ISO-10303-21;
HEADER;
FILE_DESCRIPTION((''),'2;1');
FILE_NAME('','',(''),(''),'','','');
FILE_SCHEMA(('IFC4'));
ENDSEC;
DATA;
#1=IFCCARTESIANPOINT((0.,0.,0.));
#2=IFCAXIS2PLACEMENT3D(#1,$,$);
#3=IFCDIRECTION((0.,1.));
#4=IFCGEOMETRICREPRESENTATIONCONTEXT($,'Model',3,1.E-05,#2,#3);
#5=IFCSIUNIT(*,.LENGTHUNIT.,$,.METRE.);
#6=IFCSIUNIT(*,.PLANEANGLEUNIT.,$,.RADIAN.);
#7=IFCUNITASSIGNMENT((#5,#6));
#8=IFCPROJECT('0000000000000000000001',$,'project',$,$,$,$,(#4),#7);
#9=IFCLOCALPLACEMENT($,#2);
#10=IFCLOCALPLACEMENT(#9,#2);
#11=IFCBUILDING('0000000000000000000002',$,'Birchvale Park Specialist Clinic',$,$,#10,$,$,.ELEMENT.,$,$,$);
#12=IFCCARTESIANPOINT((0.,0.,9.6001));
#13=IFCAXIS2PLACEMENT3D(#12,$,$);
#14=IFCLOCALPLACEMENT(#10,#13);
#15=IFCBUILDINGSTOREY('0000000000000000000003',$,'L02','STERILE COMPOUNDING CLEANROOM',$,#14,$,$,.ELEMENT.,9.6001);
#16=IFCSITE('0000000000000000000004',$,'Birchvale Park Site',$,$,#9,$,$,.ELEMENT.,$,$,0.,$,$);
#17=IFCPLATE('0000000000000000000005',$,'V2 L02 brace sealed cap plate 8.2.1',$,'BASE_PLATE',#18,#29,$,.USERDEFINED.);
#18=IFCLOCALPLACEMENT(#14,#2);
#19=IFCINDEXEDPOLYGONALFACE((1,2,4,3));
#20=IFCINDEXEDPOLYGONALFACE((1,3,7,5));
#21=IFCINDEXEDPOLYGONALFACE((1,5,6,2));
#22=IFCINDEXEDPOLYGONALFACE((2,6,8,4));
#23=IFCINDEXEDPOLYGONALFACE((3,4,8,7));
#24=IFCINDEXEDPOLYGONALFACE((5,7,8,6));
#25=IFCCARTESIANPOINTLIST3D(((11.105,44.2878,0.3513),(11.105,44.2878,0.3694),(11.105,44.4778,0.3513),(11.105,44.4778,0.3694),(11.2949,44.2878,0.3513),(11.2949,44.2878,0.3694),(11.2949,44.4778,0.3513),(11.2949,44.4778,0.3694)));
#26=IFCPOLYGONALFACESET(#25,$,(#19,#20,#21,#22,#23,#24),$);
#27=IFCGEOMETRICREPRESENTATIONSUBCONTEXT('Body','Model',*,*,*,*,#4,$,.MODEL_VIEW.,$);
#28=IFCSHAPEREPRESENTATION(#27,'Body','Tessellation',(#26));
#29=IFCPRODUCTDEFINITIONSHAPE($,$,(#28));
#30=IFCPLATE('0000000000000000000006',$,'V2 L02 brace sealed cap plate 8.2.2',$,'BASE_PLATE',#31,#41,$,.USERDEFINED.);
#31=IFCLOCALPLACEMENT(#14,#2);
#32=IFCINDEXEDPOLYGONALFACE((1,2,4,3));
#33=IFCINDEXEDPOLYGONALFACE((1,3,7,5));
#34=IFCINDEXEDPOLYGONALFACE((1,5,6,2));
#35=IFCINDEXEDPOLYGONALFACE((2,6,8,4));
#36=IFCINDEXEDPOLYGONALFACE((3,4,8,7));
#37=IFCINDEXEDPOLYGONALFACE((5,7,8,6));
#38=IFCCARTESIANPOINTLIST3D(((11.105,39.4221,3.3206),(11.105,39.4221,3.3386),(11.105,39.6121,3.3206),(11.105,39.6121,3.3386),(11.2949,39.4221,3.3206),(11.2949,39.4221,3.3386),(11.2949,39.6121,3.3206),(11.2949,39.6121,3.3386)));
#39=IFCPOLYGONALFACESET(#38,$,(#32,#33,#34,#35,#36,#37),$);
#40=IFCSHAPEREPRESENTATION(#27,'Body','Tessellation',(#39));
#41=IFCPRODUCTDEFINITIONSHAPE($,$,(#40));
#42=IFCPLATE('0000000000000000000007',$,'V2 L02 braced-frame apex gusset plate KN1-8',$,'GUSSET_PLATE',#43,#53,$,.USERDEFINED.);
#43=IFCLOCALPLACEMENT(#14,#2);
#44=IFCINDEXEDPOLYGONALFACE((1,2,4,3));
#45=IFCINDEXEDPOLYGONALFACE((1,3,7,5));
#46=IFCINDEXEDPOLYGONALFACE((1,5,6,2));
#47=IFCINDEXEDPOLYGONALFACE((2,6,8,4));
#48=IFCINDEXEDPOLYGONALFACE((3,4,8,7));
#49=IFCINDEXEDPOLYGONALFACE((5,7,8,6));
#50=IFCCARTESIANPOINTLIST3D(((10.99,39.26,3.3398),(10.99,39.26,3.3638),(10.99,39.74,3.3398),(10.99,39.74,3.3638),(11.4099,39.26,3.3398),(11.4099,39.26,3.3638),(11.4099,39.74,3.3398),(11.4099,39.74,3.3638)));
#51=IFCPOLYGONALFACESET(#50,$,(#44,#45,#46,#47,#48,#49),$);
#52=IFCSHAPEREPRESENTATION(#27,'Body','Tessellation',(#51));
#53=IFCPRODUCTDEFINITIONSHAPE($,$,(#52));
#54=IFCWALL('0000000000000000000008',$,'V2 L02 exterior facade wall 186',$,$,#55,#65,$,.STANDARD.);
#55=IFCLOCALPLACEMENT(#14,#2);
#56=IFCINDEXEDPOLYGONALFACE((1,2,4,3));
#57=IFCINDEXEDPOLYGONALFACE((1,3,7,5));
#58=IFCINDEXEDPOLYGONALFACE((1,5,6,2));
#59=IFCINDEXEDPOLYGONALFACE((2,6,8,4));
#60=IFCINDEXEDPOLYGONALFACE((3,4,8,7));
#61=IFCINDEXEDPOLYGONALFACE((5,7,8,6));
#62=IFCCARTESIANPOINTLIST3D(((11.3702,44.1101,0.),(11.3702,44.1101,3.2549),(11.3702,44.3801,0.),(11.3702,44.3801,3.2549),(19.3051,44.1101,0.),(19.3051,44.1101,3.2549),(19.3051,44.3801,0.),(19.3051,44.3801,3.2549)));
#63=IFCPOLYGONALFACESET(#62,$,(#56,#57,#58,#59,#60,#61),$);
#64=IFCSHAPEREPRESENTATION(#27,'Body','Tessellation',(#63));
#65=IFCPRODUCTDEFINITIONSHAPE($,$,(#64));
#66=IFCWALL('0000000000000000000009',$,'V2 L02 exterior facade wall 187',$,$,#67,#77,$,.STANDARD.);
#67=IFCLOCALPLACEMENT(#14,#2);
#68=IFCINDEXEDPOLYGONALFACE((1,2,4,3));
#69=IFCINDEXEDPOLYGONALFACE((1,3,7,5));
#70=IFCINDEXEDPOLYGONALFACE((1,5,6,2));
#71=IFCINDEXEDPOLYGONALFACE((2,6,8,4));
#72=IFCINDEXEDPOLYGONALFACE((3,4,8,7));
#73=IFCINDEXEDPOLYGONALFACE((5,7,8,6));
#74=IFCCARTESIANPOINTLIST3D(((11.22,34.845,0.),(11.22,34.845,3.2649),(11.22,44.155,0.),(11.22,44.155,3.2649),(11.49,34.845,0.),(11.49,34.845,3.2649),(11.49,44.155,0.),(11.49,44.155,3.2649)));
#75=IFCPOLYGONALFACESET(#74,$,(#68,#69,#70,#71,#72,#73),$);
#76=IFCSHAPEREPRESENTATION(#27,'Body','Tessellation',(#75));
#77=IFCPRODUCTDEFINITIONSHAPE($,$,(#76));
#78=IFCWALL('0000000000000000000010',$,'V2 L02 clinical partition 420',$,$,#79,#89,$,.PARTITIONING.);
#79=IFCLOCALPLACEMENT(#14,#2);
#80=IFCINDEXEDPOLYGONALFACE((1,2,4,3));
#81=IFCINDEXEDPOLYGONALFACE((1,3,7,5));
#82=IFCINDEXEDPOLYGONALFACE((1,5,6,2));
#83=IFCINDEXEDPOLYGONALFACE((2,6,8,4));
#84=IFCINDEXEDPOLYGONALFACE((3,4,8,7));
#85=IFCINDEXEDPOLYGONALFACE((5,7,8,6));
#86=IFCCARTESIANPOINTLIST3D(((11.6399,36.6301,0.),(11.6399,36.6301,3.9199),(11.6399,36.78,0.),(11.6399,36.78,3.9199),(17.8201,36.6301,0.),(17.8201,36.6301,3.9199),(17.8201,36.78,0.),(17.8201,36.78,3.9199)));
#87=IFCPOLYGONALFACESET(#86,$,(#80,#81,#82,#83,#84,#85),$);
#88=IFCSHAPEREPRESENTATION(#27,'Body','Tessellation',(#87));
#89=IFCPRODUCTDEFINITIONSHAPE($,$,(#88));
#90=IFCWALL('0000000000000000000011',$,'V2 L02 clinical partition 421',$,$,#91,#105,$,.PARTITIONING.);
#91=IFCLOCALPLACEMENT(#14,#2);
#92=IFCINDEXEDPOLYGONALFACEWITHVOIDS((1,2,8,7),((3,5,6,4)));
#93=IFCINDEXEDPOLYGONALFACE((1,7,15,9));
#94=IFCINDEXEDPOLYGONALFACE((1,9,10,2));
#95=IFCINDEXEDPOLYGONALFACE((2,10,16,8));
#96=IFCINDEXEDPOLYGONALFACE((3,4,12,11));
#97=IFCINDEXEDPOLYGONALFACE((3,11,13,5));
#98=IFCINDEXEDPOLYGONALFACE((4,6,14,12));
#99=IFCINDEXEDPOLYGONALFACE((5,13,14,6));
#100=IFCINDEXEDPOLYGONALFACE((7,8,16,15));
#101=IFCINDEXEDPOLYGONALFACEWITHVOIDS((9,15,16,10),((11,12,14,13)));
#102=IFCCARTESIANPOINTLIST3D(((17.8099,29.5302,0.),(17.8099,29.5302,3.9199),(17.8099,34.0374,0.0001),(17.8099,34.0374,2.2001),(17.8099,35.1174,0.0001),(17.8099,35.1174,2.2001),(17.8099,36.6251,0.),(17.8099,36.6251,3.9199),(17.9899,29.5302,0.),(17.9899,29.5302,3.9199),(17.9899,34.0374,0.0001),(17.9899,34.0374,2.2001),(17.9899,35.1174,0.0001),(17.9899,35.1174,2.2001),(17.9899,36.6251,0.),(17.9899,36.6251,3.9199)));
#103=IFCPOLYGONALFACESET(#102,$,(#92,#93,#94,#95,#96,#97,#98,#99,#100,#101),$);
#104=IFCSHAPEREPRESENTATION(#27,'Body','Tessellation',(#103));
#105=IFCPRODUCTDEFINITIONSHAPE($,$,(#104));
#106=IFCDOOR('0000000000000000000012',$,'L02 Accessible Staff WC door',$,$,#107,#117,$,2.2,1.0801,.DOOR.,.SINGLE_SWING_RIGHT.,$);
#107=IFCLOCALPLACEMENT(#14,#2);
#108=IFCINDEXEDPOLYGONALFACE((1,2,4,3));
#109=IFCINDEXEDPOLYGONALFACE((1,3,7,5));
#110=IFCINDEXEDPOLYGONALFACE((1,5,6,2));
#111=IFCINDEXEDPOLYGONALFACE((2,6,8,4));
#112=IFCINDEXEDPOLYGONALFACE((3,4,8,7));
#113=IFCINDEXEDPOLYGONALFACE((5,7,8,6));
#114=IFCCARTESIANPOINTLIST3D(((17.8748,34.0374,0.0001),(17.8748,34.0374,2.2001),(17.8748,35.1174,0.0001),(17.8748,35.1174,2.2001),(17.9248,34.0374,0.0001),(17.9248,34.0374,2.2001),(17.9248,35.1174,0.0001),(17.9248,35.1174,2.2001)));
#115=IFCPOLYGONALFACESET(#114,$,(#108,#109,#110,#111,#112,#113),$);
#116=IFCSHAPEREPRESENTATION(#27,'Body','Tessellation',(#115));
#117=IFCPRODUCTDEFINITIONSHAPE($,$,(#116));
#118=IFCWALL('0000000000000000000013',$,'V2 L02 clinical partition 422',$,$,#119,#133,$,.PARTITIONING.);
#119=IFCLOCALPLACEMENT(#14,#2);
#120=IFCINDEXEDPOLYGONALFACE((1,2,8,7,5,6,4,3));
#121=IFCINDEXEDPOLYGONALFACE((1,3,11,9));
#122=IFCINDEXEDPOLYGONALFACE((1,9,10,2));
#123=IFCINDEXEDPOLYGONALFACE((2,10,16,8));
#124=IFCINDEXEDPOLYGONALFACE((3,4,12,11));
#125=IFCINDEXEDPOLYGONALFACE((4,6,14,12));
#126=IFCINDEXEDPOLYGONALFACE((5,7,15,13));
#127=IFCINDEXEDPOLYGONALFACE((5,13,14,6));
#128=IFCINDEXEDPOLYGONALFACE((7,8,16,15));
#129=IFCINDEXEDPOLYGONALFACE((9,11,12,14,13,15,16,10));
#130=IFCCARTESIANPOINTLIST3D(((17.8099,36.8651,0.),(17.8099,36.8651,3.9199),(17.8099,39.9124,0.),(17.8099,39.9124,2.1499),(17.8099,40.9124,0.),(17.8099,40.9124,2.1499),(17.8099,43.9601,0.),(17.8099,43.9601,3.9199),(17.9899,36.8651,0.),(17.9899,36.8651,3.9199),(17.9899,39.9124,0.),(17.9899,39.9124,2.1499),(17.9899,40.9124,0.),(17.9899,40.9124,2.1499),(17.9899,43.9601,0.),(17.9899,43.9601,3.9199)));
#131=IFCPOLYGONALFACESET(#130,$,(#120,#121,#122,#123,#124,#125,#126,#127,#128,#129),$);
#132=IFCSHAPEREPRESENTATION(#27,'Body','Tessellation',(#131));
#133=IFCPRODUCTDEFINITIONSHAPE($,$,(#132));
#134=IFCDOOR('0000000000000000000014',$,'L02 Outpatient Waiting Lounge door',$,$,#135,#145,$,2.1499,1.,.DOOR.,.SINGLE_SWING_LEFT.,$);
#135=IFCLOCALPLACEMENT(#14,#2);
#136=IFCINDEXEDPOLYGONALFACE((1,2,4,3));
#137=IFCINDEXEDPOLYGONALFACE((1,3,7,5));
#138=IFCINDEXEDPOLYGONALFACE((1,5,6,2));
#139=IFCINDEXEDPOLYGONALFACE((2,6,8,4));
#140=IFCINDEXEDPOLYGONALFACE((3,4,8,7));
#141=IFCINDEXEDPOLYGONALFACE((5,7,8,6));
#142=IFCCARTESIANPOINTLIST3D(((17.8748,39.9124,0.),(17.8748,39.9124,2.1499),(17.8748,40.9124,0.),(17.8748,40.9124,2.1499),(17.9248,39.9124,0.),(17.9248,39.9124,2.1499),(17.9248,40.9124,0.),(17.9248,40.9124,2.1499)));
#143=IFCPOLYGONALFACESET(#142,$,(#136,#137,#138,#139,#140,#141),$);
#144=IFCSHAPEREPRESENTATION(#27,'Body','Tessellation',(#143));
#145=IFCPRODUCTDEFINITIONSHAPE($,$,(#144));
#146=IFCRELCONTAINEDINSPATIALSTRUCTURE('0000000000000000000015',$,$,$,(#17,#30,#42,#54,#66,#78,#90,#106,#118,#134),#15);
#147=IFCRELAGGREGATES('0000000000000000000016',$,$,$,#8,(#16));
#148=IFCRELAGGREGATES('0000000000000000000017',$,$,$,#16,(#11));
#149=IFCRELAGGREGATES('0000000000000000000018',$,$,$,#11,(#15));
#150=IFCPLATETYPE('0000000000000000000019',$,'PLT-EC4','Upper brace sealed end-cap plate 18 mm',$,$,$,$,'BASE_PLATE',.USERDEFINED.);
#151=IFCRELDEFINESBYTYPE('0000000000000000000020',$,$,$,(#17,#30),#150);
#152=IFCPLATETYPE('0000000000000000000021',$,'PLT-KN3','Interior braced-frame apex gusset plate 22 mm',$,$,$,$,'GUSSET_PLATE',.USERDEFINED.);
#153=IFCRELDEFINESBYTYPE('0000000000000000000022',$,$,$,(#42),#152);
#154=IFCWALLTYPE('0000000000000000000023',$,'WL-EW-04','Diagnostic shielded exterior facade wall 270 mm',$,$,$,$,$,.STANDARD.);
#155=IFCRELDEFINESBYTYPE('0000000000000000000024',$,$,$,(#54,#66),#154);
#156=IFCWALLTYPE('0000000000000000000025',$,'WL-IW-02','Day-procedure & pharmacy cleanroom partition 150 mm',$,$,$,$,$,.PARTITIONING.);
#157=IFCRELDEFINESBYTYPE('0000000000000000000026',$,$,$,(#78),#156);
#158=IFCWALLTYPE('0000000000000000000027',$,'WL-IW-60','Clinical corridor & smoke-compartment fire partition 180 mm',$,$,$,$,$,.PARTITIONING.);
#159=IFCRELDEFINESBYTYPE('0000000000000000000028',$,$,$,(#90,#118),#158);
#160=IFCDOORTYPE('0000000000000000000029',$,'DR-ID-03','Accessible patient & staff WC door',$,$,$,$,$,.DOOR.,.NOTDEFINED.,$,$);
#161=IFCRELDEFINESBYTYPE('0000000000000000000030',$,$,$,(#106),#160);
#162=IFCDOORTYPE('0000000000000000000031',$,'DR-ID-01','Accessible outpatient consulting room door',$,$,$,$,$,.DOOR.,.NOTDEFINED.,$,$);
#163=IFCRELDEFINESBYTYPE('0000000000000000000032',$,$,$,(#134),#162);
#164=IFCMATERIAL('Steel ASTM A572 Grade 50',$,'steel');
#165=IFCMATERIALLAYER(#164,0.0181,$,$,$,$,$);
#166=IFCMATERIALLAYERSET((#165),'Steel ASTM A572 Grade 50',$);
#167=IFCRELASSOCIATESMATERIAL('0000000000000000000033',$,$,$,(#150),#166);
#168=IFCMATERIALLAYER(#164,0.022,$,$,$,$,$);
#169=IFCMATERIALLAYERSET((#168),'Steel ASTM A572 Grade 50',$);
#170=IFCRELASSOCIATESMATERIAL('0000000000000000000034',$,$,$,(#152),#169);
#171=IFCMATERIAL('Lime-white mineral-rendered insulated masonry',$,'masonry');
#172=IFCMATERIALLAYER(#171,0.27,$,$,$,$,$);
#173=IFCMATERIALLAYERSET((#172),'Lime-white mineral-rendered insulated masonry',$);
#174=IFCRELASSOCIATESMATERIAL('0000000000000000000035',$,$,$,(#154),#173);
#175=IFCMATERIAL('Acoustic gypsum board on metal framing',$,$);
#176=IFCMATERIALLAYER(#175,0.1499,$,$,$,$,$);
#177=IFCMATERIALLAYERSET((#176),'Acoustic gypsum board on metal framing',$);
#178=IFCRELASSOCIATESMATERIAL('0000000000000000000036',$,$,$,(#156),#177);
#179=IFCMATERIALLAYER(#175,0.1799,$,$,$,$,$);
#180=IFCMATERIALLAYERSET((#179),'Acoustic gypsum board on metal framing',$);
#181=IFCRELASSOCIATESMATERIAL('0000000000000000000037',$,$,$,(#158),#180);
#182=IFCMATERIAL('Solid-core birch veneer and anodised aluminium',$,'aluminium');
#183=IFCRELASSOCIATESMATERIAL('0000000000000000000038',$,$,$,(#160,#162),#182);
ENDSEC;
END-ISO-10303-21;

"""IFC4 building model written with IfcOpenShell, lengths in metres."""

from ifc_helpers import new_model, si_unit, direction, frame, frame_2d, origin, origin_2d, place, context, subcontext, project, spatial, rectangle, extrude, material, layer, layer_set, type_object, element, fill, save


model = new_model("IFC4")

# Units and contexts
model_context = context("Model", 3, precision=1e-05, world=origin(), true_north=direction((0.0, 1.0)))
body_context = subcontext(model_context, "Body", "Model", "MODEL_VIEW")
ifc_project = project(units=[si_unit("LENGTHUNIT", "METRE"), si_unit("PLANEANGLEUNIT", "RADIAN")], contexts=[model_context])

# Site, building, storey
site_placement = place(None, origin())
site = spatial("IfcSite", under=ifc_project, at=site_placement, Name="Birchvale Park Site", CompositionType="ELEMENT", RefElevation=0.0)
building_placement = place(site_placement, origin())
building = spatial("IfcBuilding", under=site, at=building_placement, Name="Birchvale Park Specialist Clinic", CompositionType="ELEMENT")
storey_placement = place(building_placement, frame((0.0, 0.0, 9.6001)))
storey = spatial("IfcBuildingStorey", under=building, at=storey_placement, Name="L02", Description="STERILE COMPOUNDING CLEANROOM", CompositionType="ELEMENT", Elevation=9.6001)

# Plates
ifc_material_1 = material(Name="Steel ASTM A572 Grade 50", Category="steel")
ifc_layer_1 = layer(ifc_material_1, 0.0181)
ifc_layer_set_1 = layer_set([ifc_layer_1], Name="Steel ASTM A572 Grade 50")
plate_type_1 = type_object("IfcPlateType", Name="PLT-EC4", Description="Upper brace sealed end-cap plate 18 mm", ElementType="BASE_PLATE", PredefinedType="USERDEFINED", material=ifc_layer_set_1)
for number, where, z_axis, x_axis, name in (
    (1, (11.2, 44.3828, 0.3513), (0.0, 0.0, 1.0), (1.0, 0.0, 0.0), "V2 L02 brace sealed cap plate 8.2.1"),
    (2, (11.2, 39.5171, 3.3206), (0.0, 0.0, 1.0), (1.0, 0.0, 0.0), "V2 L02 brace sealed cap plate 8.2.2"),
):
    element("IfcPlate", number, at=place(storey_placement, frame(where, z_axis=z_axis, x_axis=x_axis)), inside=storey, type_object=plate_type_1, Name=name, ObjectType="BASE_PLATE", PredefinedType="USERDEFINED", context=body_context, shape_type="SweptSolid", body=[
        extrude(rectangle(XDim=0.1899, YDim=0.1899, at=origin_2d()), origin(), (0.0, 0.0, 1.0), 0.0181),
    ])
ifc_layer_2 = layer(ifc_material_1, 0.022)
ifc_layer_set_2 = layer_set([ifc_layer_2], Name="Steel ASTM A572 Grade 50")
plate_type_2 = type_object("IfcPlateType", Name="PLT-KN3", Description="Interior braced-frame apex gusset plate 22 mm", ElementType="GUSSET_PLATE", PredefinedType="USERDEFINED", material=ifc_layer_set_2)
plate_1_placement = place(storey_placement, frame((11.2, 39.5, 3.3398), z_axis=(0.0, 0.0, 1.0), x_axis=(1.0, 0.0, 0.0)))
element("IfcPlate", 3, at=plate_1_placement, inside=storey, type_object=plate_type_2, Name="V2 L02 braced-frame apex gusset plate KN1-8", ObjectType="GUSSET_PLATE", PredefinedType="USERDEFINED", context=body_context, shape_type="SweptSolid", body=[
    extrude(rectangle(XDim=0.4199, YDim=0.48, at=origin_2d()), origin(), (0.0, 0.0, 1.0), 0.0239),
])

# Walls
ifc_material_2 = material(Name="Lime-white mineral-rendered insulated masonry", Category="masonry")
ifc_layer_3 = layer(ifc_material_2, 0.27)
ifc_layer_set_3 = layer_set([ifc_layer_3], Name="Lime-white mineral-rendered insulated masonry")
wall_type_1 = type_object("IfcWallType", Name="WL-EW-04", Description="Diagnostic shielded exterior facade wall 270 mm", PredefinedType="STANDARD", material=ifc_layer_set_3)
wall_1_placement = place(storey_placement, frame((19.3049, 44.2451, 0.0), z_axis=(0.0, 0.0, 1.0), x_axis=(-1.0, 0.0, 0.0)))
element("IfcWall", 4, at=wall_1_placement, inside=storey, type_object=wall_type_1, Name="V2 L02 exterior facade wall 186", PredefinedType="STANDARD", context=body_context, shape_type="SweptSolid", body=[
    extrude(rectangle(XDim=7.9348, YDim=0.27, at=frame_2d((3.9673, 0.0))), origin(), (0.0, 0.0, 1.0), 3.2549),
])
wall_2_placement = place(storey_placement, frame((11.355, 44.155, 0.0), z_axis=(0.0, 0.0, 1.0), x_axis=(0.0, -1.0, 0.0)))
element("IfcWall", 5, at=wall_2_placement, inside=storey, type_object=wall_type_1, Name="V2 L02 exterior facade wall 187", PredefinedType="STANDARD", context=body_context, shape_type="SweptSolid", body=[
    extrude(rectangle(XDim=9.3101, YDim=0.27, at=frame_2d((4.655, 0.0))), origin(), (0.0, 0.0, 1.0), 3.2649),
])
ifc_material_3 = material(Name="Acoustic gypsum board on metal framing")
ifc_layer_4 = layer(ifc_material_3, 0.1499)
ifc_layer_set_4 = layer_set([ifc_layer_4], Name="Acoustic gypsum board on metal framing")
wall_type_2 = type_object("IfcWallType", Name="WL-IW-02", Description="Day-procedure & pharmacy cleanroom partition 150 mm", PredefinedType="PARTITIONING", material=ifc_layer_set_4)
wall_3_placement = place(storey_placement, frame((11.6399, 36.7051, 0.0), z_axis=(0.0, 0.0, 1.0), x_axis=(1.0, 0.0, 0.0)))
element("IfcWall", 6, at=wall_3_placement, inside=storey, type_object=wall_type_2, Name="V2 L02 clinical partition 420", PredefinedType="PARTITIONING", context=body_context, shape_type="SweptSolid", body=[
    extrude(rectangle(XDim=6.1802, YDim=0.1499, at=frame_2d((3.0901, 0.0))), origin(), (0.0, 0.0, 1.0), 3.9199),
])

# Walls, openings, doors
ifc_layer_5 = layer(ifc_material_3, 0.1799)
ifc_layer_set_5 = layer_set([ifc_layer_5], Name="Acoustic gypsum board on metal framing")
wall_type_3 = type_object("IfcWallType", Name="WL-IW-60", Description="Clinical corridor & smoke-compartment fire partition 180 mm", PredefinedType="PARTITIONING", material=ifc_layer_set_5)
wall_4_placement = place(storey_placement, frame((17.8999, 36.625, 0.0), z_axis=(0.0, 0.0, 1.0), x_axis=(0.0, -1.0, 0.0)))
wall_4 = element("IfcWall", 7, at=wall_4_placement, inside=storey, type_object=wall_type_3, Name="V2 L02 clinical partition 421", PredefinedType="PARTITIONING", context=body_context, shape_type="SweptSolid", body=[
    extrude(rectangle(XDim=7.095, YDim=0.1799, at=frame_2d((3.5474, 0.0))), origin(), (0.0, 0.0, 1.0), 3.9199),
])
opening_1_placement = place(wall_4_placement, frame((1.5076, 0.0, 0.0)))
opening_1 = element("IfcOpeningElement", 8, at=opening_1_placement, cuts=wall_4, PredefinedType="OPENING", context=body_context, shape_type="SweptSolid", body=[
    extrude(rectangle(XDim=1.0801, YDim=2.2, at=frame_2d((0.54, 1.1001))), frame((0.0, 0.1001, 0.0), z_axis=(0.0, -1.0, 0.0), x_axis=(1.0, 0.0, 0.0)), (0.0, 0.0, 1.0), 0.2),
])
ifc_material_4 = material(Name="Solid-core birch veneer and anodised aluminium", Category="aluminium")
door_type_1 = type_object("IfcDoorType", Name="DR-ID-03", Description="Accessible patient & staff WC door", OperationType="NOTDEFINED", PredefinedType="DOOR", material=ifc_material_4)
door_1_placement = place(opening_1_placement, origin())
door_1 = element("IfcDoor", 9, at=door_1_placement, inside=storey, type_object=door_type_1, Name="L02 Accessible Staff WC door", OperationType="SINGLE_SWING_RIGHT", OverallHeight=2.2, OverallWidth=1.0801, PredefinedType="DOOR", context=body_context, shape_type="SweptSolid", body=[
    extrude(rectangle(XDim=1.0801, YDim=2.2, at=frame_2d((0.54, 1.1001))), frame((0.0, 0.0249, 0.0), z_axis=(0.0, -1.0, 0.0), x_axis=(1.0, 0.0, 0.0)), (0.0, 0.0, 1.0), 0.05),
])
fill(opening_1, door_1)
wall_5_placement = place(storey_placement, frame((17.8999, 43.96, 0.0), z_axis=(0.0, 0.0, 1.0), x_axis=(0.0, -1.0, 0.0)))
wall_5 = element("IfcWall", 10, at=wall_5_placement, inside=storey, type_object=wall_type_3, Name="V2 L02 clinical partition 422", PredefinedType="PARTITIONING", context=body_context, shape_type="SweptSolid", body=[
    extrude(rectangle(XDim=7.095, YDim=0.1799, at=frame_2d((3.5474, 0.0))), origin(), (0.0, 0.0, 1.0), 3.9199),
])
opening_2_placement = place(wall_5_placement, frame((3.0476, 0.0, 0.0)))
opening_2 = element("IfcOpeningElement", 11, at=opening_2_placement, cuts=wall_5, PredefinedType="OPENING", context=body_context, shape_type="SweptSolid", body=[
    extrude(rectangle(XDim=1.0, YDim=2.1499, at=frame_2d((0.5, 1.075))), frame((0.0, 0.1001, 0.0), z_axis=(0.0, -1.0, 0.0), x_axis=(1.0, 0.0, 0.0)), (0.0, 0.0, 1.0), 0.2),
])
door_type_2 = type_object("IfcDoorType", Name="DR-ID-01", Description="Accessible outpatient consulting room door", OperationType="NOTDEFINED", PredefinedType="DOOR", material=ifc_material_4)
door_2_placement = place(opening_2_placement, origin())
door_2 = element("IfcDoor", 12, at=door_2_placement, inside=storey, type_object=door_type_2, Name="L02 Outpatient Waiting Lounge door", OperationType="SINGLE_SWING_LEFT", OverallHeight=2.1499, OverallWidth=1.0, PredefinedType="DOOR", context=body_context, shape_type="SweptSolid", body=[
    extrude(rectangle(XDim=1.0, YDim=2.1499, at=frame_2d((0.5, 1.075))), frame((0.0, 0.0249, 0.0), z_axis=(0.0, -1.0, 0.0), x_axis=(1.0, 0.0, 0.0)), (0.0, 0.0, 1.0), 0.05),
])
fill(opening_2, door_2)

save(model, "model.ifc")
